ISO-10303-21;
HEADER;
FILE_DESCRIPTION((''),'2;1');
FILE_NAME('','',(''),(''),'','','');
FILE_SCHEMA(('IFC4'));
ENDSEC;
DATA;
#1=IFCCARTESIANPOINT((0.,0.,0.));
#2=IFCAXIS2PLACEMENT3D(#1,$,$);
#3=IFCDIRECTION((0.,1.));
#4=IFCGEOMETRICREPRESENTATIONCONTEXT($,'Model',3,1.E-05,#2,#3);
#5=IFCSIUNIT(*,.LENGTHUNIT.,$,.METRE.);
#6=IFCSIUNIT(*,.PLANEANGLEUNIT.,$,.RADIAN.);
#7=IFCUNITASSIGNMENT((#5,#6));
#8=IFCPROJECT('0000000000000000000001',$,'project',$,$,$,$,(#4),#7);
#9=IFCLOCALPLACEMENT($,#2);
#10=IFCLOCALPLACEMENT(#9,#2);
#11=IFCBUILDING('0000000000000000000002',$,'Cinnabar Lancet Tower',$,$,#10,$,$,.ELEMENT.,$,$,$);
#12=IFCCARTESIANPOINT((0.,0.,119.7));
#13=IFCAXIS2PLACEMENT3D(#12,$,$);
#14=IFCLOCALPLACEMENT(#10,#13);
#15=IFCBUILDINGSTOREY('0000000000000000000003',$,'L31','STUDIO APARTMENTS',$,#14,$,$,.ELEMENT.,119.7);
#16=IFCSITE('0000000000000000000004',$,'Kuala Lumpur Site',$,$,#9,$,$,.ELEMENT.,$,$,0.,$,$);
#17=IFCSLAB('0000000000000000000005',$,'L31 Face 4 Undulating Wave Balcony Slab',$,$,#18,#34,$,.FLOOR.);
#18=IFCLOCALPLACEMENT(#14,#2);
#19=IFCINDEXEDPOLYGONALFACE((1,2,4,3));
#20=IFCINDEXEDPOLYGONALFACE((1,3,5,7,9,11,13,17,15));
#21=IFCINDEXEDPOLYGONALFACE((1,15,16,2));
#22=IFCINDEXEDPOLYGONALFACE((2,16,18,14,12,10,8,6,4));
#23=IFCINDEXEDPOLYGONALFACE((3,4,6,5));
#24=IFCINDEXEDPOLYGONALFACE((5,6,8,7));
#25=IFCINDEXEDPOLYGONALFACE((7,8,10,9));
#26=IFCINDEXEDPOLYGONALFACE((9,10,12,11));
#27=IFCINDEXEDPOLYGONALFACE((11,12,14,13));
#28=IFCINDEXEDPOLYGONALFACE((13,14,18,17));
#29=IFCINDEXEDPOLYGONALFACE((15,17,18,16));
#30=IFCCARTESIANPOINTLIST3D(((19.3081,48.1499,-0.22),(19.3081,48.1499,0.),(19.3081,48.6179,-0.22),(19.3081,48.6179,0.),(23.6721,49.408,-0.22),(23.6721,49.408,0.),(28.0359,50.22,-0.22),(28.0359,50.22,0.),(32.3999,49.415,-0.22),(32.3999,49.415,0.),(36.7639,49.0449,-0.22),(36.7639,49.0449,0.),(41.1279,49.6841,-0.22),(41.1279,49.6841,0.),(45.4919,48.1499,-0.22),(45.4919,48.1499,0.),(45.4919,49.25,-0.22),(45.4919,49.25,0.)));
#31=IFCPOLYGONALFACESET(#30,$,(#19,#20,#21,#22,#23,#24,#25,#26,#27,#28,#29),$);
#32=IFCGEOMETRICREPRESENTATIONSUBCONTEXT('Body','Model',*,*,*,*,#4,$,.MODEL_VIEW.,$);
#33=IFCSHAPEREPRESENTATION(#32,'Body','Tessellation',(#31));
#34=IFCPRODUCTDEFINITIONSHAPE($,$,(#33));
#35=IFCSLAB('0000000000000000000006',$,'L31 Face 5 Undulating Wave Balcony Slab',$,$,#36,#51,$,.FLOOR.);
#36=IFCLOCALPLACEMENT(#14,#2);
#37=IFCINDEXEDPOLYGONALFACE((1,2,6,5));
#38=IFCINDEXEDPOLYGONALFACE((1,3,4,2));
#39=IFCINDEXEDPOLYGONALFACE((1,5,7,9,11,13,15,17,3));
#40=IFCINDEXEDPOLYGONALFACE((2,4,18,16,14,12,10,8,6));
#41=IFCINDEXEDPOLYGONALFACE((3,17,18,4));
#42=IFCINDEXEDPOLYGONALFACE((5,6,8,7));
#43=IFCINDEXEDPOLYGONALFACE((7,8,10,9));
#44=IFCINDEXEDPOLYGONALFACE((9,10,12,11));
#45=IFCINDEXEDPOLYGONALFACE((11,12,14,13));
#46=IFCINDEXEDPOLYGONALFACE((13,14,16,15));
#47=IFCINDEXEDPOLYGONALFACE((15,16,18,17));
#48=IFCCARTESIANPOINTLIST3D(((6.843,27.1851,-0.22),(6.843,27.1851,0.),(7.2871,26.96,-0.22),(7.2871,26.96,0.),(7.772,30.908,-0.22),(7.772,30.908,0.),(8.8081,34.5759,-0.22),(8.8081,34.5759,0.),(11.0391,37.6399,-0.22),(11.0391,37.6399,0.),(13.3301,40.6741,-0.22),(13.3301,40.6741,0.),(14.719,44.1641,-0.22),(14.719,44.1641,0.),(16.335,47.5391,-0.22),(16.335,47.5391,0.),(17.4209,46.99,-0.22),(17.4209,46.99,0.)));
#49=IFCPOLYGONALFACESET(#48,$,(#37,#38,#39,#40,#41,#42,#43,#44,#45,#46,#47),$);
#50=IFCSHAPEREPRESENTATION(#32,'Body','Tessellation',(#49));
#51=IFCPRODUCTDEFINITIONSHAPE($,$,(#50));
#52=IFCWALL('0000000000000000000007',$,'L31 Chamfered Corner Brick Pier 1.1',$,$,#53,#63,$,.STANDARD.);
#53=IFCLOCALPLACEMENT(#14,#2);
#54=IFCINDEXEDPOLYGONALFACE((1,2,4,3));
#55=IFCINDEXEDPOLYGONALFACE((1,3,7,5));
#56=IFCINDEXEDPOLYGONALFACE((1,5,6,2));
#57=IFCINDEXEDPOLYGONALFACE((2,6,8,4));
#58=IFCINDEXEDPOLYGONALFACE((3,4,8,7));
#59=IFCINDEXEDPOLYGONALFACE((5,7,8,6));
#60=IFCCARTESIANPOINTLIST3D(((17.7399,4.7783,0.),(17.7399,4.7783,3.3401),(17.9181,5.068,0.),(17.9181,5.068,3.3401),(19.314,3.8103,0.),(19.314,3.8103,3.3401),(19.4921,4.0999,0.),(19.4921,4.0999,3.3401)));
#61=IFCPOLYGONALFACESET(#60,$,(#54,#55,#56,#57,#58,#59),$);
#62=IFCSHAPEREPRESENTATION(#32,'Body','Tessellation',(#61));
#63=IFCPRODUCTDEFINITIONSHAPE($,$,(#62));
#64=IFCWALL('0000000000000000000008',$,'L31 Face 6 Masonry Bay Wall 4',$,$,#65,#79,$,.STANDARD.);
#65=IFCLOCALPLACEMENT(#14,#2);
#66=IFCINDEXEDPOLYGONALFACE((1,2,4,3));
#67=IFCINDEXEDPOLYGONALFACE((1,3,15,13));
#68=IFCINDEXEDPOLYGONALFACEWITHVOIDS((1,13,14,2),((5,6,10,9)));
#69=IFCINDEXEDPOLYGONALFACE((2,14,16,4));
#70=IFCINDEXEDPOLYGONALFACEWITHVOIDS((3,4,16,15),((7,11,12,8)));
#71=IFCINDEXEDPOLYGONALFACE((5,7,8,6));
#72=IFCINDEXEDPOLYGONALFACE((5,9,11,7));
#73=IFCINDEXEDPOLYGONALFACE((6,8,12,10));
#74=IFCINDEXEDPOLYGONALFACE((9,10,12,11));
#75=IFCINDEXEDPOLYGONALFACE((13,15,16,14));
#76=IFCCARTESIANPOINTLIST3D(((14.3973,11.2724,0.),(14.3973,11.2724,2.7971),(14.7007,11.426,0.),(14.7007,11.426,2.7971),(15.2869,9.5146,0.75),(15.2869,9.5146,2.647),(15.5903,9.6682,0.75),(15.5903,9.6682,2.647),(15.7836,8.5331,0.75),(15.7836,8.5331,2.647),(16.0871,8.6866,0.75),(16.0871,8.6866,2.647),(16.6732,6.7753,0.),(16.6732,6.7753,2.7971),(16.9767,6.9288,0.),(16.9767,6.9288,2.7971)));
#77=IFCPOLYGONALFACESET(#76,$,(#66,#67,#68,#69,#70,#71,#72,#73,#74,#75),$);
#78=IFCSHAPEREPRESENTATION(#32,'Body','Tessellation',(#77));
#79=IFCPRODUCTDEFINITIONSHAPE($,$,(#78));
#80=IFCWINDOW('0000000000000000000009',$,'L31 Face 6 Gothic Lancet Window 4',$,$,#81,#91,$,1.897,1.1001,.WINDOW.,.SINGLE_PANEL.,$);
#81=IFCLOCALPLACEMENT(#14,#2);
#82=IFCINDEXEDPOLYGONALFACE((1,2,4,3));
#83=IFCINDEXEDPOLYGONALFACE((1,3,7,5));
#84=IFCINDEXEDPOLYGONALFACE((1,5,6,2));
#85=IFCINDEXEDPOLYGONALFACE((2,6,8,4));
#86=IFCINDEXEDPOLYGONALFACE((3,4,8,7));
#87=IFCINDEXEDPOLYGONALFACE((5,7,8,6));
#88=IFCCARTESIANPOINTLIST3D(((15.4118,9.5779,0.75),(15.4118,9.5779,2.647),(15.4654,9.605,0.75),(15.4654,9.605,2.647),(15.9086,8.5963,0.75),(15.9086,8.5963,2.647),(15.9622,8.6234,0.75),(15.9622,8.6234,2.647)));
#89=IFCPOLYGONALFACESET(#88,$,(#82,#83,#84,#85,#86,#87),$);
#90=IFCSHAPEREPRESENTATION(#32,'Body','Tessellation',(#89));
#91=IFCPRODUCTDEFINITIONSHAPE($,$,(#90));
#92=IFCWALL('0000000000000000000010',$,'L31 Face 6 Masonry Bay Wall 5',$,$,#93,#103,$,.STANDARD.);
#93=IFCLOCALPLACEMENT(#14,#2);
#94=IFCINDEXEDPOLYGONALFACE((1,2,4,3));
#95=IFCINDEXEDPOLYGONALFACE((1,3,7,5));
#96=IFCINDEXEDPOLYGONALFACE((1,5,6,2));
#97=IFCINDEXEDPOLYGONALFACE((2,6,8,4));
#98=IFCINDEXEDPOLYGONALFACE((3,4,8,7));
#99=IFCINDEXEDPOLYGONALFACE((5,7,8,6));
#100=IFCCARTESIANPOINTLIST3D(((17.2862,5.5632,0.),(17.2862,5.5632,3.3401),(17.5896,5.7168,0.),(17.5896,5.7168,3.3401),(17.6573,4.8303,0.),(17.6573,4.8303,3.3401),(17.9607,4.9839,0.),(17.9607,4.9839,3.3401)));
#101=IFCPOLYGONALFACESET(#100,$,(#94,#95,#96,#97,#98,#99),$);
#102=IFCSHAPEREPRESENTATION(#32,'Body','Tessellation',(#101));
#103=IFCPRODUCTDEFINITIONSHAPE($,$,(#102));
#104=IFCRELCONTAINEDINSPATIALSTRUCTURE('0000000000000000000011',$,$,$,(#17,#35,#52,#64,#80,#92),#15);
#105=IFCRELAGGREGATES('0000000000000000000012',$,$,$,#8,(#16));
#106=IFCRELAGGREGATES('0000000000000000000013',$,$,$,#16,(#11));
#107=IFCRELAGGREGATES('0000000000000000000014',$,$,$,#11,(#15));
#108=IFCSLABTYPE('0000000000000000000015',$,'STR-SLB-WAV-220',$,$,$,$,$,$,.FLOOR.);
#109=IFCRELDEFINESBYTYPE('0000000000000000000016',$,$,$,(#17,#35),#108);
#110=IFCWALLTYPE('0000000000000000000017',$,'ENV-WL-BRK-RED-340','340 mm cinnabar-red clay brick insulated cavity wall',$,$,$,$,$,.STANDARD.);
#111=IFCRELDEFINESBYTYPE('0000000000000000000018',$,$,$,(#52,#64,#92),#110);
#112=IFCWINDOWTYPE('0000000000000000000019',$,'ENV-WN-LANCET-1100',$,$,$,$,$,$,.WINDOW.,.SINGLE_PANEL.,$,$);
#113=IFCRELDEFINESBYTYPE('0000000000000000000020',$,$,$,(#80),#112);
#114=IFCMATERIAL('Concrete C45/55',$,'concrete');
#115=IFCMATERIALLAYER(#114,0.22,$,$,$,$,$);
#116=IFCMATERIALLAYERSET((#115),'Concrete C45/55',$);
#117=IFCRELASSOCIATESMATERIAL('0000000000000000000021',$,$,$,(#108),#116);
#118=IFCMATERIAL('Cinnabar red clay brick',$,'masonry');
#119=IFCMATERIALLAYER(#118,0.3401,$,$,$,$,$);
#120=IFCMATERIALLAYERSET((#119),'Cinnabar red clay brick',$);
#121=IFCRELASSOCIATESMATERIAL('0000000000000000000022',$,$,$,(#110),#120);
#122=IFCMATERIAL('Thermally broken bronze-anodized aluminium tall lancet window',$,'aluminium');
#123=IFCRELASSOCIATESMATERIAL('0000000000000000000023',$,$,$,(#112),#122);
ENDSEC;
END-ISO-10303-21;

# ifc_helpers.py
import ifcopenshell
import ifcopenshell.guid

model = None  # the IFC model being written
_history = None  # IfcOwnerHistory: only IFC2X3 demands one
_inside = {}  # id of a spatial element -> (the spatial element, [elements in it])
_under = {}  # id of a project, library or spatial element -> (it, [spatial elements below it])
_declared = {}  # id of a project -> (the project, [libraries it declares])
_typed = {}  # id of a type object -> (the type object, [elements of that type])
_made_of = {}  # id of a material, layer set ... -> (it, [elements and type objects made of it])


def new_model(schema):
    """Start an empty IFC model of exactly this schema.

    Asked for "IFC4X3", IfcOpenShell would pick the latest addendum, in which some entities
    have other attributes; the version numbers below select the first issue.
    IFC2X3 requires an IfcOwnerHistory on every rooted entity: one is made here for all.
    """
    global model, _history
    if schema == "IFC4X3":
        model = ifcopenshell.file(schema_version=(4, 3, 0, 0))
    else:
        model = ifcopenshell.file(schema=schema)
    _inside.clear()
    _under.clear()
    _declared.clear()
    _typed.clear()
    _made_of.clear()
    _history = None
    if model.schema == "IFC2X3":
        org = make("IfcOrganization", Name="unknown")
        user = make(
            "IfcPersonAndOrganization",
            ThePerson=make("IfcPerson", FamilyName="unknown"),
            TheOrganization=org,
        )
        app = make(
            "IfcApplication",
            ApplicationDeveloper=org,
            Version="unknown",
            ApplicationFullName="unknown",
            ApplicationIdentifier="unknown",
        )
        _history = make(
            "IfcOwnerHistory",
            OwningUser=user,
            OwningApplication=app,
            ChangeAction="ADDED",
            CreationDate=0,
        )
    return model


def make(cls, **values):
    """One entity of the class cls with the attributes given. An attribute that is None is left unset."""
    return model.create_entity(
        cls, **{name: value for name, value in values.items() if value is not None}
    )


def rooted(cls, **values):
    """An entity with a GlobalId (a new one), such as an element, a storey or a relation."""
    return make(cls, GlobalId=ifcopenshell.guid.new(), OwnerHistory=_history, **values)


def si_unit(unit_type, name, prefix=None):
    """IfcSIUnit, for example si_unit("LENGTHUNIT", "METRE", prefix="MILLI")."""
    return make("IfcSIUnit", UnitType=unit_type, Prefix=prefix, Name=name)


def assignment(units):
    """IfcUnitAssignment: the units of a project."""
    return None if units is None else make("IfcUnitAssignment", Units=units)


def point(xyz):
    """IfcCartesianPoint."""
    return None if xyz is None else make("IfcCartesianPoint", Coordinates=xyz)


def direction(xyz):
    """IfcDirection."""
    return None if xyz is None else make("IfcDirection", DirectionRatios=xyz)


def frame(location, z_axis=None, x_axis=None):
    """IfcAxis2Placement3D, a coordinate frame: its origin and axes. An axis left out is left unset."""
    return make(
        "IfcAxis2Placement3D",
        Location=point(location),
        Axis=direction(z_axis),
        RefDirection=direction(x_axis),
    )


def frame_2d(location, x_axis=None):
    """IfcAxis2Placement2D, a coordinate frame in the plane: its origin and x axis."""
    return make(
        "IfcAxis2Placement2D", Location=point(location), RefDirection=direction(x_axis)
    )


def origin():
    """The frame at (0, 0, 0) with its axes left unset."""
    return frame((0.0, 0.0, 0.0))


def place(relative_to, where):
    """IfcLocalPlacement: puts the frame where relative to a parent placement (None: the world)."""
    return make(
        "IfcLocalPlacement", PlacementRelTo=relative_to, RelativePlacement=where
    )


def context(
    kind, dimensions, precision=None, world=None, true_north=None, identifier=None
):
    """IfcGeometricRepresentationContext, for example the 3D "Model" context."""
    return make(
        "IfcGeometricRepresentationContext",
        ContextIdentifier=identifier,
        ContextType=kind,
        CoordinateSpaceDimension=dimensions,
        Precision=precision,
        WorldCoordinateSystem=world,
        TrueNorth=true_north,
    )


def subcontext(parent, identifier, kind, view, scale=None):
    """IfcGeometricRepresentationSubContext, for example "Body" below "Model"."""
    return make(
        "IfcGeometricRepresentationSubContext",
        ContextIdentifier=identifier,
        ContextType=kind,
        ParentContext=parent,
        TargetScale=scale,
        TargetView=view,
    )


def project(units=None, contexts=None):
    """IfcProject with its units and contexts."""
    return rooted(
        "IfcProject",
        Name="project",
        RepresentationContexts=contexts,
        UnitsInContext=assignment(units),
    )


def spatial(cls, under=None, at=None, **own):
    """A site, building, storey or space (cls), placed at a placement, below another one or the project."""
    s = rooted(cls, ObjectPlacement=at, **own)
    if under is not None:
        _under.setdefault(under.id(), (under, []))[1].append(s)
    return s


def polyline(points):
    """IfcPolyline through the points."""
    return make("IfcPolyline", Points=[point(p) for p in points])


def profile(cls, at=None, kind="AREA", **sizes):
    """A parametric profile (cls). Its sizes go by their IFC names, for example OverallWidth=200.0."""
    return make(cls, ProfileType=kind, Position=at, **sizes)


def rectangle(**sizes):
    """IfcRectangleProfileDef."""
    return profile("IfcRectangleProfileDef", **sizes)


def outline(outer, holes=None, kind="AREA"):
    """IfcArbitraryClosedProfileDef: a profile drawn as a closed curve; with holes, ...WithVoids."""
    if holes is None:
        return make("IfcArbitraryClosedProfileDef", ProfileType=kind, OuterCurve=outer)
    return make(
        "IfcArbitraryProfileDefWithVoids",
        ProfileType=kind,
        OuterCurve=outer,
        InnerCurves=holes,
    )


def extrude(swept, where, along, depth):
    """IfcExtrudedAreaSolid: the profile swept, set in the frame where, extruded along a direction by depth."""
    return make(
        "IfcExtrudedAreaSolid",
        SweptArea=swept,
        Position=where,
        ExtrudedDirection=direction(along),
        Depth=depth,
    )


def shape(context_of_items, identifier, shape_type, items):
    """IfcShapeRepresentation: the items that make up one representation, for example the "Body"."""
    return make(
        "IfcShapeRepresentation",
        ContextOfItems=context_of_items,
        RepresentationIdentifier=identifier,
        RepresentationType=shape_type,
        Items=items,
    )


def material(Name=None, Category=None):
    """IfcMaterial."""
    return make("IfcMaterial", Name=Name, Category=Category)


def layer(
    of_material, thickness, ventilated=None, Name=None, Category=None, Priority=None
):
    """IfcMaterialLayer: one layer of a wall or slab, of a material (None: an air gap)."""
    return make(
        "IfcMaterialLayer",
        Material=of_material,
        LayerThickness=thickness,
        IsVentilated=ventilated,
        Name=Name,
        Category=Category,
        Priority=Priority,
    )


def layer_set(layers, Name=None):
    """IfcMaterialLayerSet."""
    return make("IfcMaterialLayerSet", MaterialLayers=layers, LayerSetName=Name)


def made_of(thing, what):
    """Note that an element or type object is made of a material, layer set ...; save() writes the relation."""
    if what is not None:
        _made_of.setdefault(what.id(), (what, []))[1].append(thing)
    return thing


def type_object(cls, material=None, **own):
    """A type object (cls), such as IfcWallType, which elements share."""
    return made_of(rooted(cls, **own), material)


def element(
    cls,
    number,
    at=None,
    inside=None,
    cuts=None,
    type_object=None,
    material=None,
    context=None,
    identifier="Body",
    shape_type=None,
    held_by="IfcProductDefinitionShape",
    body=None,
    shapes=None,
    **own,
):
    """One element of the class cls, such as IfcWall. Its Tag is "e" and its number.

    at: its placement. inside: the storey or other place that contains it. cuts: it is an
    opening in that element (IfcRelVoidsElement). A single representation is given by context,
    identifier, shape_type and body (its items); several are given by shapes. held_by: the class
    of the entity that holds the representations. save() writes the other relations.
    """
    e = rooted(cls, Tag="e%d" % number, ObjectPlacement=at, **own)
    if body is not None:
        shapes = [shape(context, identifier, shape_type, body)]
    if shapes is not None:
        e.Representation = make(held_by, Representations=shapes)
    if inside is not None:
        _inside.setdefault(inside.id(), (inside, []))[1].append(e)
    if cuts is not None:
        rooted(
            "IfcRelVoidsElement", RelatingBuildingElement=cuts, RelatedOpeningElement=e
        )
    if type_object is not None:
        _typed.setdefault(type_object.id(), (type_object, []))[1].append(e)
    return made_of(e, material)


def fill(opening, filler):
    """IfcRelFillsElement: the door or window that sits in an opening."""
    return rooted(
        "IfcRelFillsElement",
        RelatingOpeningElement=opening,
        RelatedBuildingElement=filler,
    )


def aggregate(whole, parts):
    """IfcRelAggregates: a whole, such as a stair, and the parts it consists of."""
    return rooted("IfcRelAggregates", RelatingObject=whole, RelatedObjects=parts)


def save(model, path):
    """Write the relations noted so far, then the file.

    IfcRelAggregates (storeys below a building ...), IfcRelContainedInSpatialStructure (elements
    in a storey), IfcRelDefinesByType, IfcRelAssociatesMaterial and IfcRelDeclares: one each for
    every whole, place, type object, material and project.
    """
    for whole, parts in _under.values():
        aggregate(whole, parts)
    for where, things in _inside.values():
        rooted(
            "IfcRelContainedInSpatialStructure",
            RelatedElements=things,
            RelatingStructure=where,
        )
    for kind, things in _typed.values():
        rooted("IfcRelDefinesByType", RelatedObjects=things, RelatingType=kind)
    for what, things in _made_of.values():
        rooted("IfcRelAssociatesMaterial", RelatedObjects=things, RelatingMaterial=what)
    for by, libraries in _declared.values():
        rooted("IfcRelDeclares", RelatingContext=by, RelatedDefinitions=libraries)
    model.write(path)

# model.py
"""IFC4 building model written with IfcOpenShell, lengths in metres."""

from ifc_helpers import new_model, si_unit, direction, frame, frame_2d, origin, place, context, subcontext, project, spatial, polyline, rectangle, outline, extrude, material, layer, layer_set, type_object, element, fill, save


model = new_model("IFC4")

# Units and contexts
model_context = context("Model", 3, precision=1e-05, world=origin(), true_north=direction((0.0, 1.0)))
body_context = subcontext(model_context, "Body", "Model", "MODEL_VIEW")
ifc_project = project(units=[si_unit("LENGTHUNIT", "METRE"), si_unit("PLANEANGLEUNIT", "RADIAN")], contexts=[model_context])

# Site, building, storey
site_placement = place(None, origin())
site = spatial("IfcSite", under=ifc_project, at=site_placement, Name="Kuala Lumpur Site", CompositionType="ELEMENT", RefElevation=0.0)
building_placement = place(site_placement, origin())
building = spatial("IfcBuilding", under=site, at=building_placement, Name="Cinnabar Lancet Tower", CompositionType="ELEMENT")
storey_placement = place(building_placement, frame((0.0, 0.0, 119.7)))
storey = spatial("IfcBuildingStorey", under=building, at=storey_placement, Name="L31", Description="STUDIO APARTMENTS", CompositionType="ELEMENT", Elevation=119.7)

# Slabs
ifc_material_1 = material(Name="Concrete C45/55", Category="concrete")
ifc_layer_1 = layer(ifc_material_1, 0.22)
ifc_layer_set_1 = layer_set([ifc_layer_1], Name="Concrete C45/55")
slab_type_1 = type_object("IfcSlabType", Name="STR-SLB-WAV-220", PredefinedType="FLOOR", material=ifc_layer_set_1)
slab_1_placement = place(storey_placement, frame((0.0, 0.0, -0.22)))
element("IfcSlab", 1, at=slab_1_placement, inside=storey, type_object=slab_type_1, Name="L31 Face 4 Undulating Wave Balcony Slab", PredefinedType="FLOOR", context=body_context, shape_type="SweptSolid", body=[
    extrude(outline(polyline([(45.4919, 48.1499), (45.4919, 49.25), (41.1279, 49.6841), (36.7639, 49.0449), (32.3999, 49.415), (28.0359, 50.22), (23.6721, 49.408), (19.3081, 48.6179), (19.3081, 48.1499), (45.4919, 48.1499)])), origin(), (0.0, 0.0, 1.0), 0.22),
])
slab_2_placement = place(storey_placement, frame((0.0, 0.0, -0.22)))
element("IfcSlab", 2, at=slab_2_placement, inside=storey, type_object=slab_type_1, Name="L31 Face 5 Undulating Wave Balcony Slab", PredefinedType="FLOOR", context=body_context, shape_type="SweptSolid", body=[
    extrude(outline(polyline([(17.4209, 46.99), (16.335, 47.5391), (14.719, 44.1641), (13.3301, 40.6741), (11.0391, 37.6399), (8.8081, 34.5759), (7.772, 30.908), (6.843, 27.1851), (7.2871, 26.96), (17.4209, 46.99)])), origin(), (0.0, 0.0, 1.0), 0.22),
])

# Wall
ifc_material_2 = material(Name="Cinnabar red clay brick", Category="masonry")
ifc_layer_2 = layer(ifc_material_2, 0.3401)
ifc_layer_set_2 = layer_set([ifc_layer_2], Name="Cinnabar red clay brick")
wall_type = type_object("IfcWallType", Name="ENV-WL-BRK-RED-340", Description="340 mm cinnabar-red clay brick insulated cavity wall", PredefinedType="STANDARD", material=ifc_layer_set_2)
wall_1_placement = place(storey_placement, frame((17.8291, 4.9231, 0.0), z_axis=(0.0, 0.0, 1.0), x_axis=(0.851799, -0.523869, 0.0)))
element("IfcWall", 3, at=wall_1_placement, inside=storey, type_object=wall_type, Name="L31 Chamfered Corner Brick Pier 1.1", PredefinedType="STANDARD", context=body_context, shape_type="SweptSolid", body=[
    extrude(rectangle(XDim=1.8479, YDim=0.3401, at=frame_2d((0.9238, 0.0))), origin(), (0.0, 0.0, 1.0), 3.3401),
])

# Wall, opening, window
wall_2_placement = place(storey_placement, frame((14.5491, 11.3491, 0.0), z_axis=(0.0, 0.0, 1.0), x_axis=(0.451548, -0.892247, 0.0)))
wall_2 = element("IfcWall", 4, at=wall_2_placement, inside=storey, type_object=wall_type, Name="L31 Face 6 Masonry Bay Wall 4", PredefinedType="STANDARD", context=body_context, shape_type="SweptSolid", body=[
    extrude(rectangle(XDim=5.0403, YDim=0.3401, at=frame_2d((2.52, 0.0))), origin(), (0.0, 0.0, 1.0), 2.7971),
])
opening_placement = place(wall_2_placement, frame((1.97, 0.0, 0.75)))
opening = element("IfcOpeningElement", 5, at=opening_placement, cuts=wall_2, PredefinedType="OPENING", context=body_context, shape_type="SweptSolid", body=[
    extrude(rectangle(XDim=1.1001, YDim=1.897, at=frame_2d((0.55, 0.9485))), frame((0.0, 0.1799, 0.0), z_axis=(0.0, -1.0, 0.0), x_axis=(1.0, 0.0, 0.0)), (0.0, 0.0, 1.0), 0.3601),
])
ifc_material_3 = material(Name="Thermally broken bronze-anodized aluminium tall lancet window", Category="aluminium")
window_type = type_object("IfcWindowType", Name="ENV-WN-LANCET-1100", PartitioningType="SINGLE_PANEL", PredefinedType="WINDOW", material=ifc_material_3)
window_placement = place(opening_placement, origin())
window = element("IfcWindow", 6, at=window_placement, inside=storey, type_object=window_type, Name="L31 Face 6 Gothic Lancet Window 4", OverallHeight=1.897, OverallWidth=1.1001, PartitioningType="SINGLE_PANEL", PredefinedType="WINDOW", context=body_context, shape_type="SweptSolid", body=[
    extrude(rectangle(XDim=1.1001, YDim=1.897, at=frame_2d((0.55, 0.9485))), frame((0.0, 0.03, 0.0), z_axis=(0.0, -1.0, 0.0), x_axis=(1.0, 0.0, 0.0)), (0.0, 0.0, 1.0), 0.0601),
])
fill(opening, window)

# Wall
wall_3_placement = place(storey_placement, frame((17.438, 5.6399, 0.0), z_axis=(0.0, 0.0, 1.0), x_axis=(0.451725, -0.892157, 0.0)))
element("IfcWall", 7, at=wall_3_placement, inside=storey, type_object=wall_type, Name="L31 Face 6 Masonry Bay Wall 5", PredefinedType="STANDARD", context=body_context, shape_type="SweptSolid", body=[
    extrude(rectangle(XDim=0.8215, YDim=0.3401, at=frame_2d((0.4106, 0.0))), origin(), (0.0, 0.0, 1.0), 3.3401),
])

save(model, "model.ifc")
